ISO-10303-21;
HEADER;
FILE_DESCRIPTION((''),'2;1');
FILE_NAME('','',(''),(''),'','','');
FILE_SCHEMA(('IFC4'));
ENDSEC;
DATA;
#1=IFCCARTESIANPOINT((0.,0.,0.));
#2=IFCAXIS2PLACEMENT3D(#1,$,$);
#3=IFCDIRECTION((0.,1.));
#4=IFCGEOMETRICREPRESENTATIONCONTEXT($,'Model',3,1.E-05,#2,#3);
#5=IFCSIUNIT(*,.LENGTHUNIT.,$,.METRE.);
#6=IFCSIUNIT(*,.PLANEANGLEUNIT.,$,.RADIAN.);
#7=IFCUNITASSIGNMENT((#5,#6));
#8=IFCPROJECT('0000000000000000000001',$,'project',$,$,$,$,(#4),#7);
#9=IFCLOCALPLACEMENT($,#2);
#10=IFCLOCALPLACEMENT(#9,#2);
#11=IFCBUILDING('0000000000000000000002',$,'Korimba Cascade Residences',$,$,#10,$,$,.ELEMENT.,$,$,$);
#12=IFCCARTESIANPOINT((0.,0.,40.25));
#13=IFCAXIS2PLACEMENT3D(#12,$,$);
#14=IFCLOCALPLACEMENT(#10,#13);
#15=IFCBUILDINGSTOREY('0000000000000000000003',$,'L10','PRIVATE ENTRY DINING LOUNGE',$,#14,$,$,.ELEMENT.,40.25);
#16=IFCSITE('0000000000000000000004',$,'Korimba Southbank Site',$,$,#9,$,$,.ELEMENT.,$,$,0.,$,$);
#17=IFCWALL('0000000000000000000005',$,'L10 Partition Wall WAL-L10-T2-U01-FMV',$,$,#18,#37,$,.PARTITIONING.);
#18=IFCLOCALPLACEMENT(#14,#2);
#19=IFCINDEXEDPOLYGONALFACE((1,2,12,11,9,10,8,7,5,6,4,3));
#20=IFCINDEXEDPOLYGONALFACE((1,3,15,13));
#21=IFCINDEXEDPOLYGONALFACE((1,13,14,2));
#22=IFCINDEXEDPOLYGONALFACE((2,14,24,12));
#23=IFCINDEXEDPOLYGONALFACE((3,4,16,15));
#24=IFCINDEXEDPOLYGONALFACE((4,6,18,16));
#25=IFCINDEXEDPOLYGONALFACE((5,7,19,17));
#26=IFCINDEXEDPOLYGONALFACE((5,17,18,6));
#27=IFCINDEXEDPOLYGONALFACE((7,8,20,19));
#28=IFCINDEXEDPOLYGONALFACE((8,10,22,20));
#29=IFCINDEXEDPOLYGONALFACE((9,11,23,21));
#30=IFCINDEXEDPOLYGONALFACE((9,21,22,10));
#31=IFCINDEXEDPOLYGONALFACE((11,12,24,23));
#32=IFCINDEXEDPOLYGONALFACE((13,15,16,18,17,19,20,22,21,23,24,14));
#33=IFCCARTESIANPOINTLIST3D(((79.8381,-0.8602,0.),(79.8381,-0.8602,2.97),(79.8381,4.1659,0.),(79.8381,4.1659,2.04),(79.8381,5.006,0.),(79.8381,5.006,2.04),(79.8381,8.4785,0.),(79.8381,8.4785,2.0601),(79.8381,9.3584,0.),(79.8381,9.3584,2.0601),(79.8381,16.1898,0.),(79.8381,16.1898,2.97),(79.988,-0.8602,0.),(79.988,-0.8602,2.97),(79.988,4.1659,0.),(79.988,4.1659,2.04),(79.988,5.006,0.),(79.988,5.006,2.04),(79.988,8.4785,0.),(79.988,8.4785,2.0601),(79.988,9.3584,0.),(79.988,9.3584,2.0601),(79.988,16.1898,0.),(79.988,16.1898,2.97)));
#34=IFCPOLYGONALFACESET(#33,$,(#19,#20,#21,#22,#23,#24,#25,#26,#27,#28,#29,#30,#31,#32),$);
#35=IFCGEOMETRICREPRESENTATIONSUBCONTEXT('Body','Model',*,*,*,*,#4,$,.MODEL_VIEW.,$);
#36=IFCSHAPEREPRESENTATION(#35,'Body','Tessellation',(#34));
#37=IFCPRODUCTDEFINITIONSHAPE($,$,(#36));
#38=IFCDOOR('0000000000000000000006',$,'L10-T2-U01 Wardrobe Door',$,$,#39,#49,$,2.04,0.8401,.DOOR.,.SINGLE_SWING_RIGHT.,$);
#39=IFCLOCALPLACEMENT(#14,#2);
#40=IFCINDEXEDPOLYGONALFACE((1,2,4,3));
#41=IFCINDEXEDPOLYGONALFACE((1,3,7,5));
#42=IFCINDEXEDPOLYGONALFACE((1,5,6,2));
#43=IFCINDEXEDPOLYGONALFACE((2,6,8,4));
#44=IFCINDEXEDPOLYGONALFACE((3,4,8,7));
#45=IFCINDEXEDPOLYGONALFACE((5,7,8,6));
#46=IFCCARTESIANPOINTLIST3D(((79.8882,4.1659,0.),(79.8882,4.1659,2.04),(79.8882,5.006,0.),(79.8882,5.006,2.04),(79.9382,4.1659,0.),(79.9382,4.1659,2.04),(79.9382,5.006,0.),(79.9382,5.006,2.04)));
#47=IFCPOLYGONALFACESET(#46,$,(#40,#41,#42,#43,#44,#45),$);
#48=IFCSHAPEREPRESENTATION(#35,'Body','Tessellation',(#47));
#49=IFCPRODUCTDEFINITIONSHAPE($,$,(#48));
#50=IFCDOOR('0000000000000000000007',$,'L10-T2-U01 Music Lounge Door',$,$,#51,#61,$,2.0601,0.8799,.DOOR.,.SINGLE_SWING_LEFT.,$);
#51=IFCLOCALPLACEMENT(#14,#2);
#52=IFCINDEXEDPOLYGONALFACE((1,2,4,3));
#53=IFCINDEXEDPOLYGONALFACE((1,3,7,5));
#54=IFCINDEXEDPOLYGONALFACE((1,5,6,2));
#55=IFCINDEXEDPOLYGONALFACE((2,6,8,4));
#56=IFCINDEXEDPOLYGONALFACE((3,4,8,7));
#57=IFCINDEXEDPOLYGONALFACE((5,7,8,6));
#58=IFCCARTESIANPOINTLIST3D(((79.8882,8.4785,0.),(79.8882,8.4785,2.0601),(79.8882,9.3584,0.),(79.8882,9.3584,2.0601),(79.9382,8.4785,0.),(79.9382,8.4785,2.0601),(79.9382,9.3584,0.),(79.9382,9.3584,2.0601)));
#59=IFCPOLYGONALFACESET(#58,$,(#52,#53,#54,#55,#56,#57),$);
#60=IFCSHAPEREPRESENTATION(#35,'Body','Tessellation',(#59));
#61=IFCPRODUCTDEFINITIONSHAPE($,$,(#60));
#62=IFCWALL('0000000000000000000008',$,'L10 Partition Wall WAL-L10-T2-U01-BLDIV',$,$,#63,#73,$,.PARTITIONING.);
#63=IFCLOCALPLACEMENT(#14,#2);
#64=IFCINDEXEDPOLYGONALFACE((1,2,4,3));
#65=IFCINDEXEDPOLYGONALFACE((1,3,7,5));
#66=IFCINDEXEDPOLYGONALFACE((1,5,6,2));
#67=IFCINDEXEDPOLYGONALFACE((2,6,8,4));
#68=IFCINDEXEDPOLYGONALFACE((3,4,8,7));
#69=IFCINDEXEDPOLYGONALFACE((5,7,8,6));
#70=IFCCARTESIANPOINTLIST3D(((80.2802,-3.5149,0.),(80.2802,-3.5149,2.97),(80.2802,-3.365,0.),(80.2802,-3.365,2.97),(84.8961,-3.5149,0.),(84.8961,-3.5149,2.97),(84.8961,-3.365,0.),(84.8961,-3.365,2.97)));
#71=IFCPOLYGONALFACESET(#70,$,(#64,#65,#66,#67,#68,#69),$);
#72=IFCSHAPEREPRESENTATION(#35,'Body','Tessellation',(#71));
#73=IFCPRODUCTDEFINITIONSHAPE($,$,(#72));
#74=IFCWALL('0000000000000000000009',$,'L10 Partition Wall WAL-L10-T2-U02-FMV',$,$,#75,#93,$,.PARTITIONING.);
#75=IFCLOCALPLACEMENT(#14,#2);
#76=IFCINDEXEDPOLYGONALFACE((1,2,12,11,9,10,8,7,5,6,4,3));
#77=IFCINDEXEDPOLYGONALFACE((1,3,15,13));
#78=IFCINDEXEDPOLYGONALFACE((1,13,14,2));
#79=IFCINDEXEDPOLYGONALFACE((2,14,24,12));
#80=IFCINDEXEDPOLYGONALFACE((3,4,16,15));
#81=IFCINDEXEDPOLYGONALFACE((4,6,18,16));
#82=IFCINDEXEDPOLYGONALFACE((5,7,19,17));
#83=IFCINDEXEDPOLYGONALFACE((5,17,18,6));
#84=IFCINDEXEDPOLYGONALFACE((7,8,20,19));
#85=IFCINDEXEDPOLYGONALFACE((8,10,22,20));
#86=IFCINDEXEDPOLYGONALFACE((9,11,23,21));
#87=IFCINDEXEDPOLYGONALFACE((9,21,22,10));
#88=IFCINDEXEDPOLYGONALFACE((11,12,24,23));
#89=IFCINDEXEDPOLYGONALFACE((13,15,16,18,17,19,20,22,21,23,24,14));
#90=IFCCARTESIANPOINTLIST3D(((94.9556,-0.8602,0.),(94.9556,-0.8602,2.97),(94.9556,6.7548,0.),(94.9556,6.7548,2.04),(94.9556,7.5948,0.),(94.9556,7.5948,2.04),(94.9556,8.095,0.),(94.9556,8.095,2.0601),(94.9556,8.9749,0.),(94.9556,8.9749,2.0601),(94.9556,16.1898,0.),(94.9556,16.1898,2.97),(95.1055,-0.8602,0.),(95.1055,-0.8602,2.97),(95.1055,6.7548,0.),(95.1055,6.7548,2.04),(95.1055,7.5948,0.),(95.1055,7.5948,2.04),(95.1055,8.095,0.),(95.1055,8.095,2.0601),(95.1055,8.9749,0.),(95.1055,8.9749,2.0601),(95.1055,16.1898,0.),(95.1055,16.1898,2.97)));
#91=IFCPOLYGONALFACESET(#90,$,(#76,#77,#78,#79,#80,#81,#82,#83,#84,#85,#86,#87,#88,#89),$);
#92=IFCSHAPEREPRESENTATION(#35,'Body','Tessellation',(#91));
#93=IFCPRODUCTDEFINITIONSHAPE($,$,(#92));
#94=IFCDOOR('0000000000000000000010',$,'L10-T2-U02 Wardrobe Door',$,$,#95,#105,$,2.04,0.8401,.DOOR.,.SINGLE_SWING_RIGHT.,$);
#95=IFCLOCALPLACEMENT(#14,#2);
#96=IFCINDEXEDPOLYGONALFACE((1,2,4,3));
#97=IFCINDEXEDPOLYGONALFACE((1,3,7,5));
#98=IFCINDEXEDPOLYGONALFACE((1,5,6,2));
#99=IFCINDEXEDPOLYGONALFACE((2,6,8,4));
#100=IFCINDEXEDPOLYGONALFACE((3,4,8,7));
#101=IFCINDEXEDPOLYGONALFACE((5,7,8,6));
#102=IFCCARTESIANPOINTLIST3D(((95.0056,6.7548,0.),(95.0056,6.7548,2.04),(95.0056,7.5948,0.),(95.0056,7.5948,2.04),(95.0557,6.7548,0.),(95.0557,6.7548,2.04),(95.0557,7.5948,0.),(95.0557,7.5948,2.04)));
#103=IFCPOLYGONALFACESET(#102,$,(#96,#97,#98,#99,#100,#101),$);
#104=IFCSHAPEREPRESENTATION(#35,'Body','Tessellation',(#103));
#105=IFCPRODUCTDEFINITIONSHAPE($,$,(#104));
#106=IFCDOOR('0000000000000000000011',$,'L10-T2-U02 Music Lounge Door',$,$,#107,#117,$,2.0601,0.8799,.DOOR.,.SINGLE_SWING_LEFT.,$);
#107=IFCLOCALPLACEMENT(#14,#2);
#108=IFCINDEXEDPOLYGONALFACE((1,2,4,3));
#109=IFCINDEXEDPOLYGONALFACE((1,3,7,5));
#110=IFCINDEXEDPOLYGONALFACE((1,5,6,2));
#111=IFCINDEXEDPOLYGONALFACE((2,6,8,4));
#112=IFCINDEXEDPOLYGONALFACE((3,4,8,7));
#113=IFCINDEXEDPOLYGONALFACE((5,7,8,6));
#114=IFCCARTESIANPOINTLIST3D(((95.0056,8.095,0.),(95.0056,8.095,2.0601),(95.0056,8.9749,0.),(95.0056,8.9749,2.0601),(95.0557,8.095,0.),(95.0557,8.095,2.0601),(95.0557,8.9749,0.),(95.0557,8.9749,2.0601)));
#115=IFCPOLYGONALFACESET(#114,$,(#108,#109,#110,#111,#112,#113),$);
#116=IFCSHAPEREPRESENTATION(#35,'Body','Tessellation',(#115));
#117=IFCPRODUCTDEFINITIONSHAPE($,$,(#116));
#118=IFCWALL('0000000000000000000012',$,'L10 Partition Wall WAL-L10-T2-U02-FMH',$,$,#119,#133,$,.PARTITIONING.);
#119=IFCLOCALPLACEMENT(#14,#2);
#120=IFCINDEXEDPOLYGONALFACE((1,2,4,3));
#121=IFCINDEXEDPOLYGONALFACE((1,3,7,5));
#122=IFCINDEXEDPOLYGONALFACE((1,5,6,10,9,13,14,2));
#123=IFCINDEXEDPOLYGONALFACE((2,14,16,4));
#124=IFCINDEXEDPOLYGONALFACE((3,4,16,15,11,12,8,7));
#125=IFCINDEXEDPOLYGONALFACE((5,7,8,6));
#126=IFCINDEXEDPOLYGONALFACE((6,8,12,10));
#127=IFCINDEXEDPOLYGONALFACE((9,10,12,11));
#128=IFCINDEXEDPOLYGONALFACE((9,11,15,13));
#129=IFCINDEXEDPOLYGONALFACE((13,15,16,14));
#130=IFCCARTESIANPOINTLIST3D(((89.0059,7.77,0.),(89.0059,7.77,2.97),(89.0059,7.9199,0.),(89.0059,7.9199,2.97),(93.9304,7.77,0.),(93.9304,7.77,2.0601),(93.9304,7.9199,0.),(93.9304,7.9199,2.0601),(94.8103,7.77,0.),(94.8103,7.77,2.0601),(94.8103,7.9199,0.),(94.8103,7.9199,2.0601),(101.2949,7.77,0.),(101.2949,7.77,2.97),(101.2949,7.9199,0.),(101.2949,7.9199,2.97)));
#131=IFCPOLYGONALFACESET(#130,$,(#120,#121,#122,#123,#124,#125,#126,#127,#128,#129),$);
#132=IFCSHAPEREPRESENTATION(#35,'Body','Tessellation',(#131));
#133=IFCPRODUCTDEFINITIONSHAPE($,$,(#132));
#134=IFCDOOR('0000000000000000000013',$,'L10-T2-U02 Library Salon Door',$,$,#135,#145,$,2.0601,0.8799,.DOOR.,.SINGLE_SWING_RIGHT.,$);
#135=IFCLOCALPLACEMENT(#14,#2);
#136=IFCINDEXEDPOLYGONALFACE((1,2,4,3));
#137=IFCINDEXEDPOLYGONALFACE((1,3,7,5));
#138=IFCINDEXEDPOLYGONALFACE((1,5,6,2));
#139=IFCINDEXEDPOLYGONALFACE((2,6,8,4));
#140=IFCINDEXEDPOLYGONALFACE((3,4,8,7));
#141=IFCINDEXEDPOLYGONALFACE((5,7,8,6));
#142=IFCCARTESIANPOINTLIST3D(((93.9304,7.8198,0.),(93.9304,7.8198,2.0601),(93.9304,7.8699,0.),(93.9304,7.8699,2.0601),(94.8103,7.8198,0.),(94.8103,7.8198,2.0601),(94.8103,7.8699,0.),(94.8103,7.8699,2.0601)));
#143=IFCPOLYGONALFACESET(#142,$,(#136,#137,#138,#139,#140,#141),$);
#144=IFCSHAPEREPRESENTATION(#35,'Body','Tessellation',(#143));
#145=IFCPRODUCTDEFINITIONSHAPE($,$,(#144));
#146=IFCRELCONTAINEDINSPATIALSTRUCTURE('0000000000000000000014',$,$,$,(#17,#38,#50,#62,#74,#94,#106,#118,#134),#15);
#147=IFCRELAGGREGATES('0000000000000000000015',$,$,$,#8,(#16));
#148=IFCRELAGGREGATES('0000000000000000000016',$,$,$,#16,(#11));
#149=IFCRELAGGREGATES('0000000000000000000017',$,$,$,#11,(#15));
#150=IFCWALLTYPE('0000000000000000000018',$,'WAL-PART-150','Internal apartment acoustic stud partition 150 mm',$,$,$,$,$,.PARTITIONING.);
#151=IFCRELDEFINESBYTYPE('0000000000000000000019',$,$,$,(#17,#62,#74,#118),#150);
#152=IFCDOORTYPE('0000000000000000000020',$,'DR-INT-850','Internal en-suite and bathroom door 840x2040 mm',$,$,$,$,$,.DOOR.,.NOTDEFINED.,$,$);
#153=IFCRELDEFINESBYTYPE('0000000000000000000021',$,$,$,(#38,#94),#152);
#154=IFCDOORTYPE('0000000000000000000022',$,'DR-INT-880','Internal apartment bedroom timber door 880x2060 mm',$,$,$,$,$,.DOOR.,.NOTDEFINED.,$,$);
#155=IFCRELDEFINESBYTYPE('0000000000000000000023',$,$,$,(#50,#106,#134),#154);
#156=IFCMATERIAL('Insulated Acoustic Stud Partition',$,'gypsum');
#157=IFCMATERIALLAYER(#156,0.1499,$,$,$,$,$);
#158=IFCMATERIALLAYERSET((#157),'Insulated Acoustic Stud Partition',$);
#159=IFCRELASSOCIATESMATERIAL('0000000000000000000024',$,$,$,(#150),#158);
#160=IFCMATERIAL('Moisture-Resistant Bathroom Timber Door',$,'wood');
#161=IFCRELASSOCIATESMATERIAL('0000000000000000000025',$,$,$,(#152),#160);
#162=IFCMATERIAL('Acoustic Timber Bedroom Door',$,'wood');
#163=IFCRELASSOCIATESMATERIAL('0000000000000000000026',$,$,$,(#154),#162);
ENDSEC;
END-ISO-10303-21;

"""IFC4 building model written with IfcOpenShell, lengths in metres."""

from ifc_helpers import new_model, si_unit, direction, frame, frame_2d, origin, place, context, subcontext, project, spatial, rectangle, extrude, material, layer, layer_set, type_object, element, fill, save


model = new_model("IFC4")

# Units and contexts
model_context = context("Model", 3, precision=1e-05, world=origin(), true_north=direction((0.0, 1.0)))
body_context = subcontext(model_context, "Body", "Model", "MODEL_VIEW")
ifc_project = project(units=[si_unit("LENGTHUNIT", "METRE"), si_unit("PLANEANGLEUNIT", "RADIAN")], contexts=[model_context])

# Site, building, storey
site_placement = place(None, origin())
site = spatial("IfcSite", under=ifc_project, at=site_placement, Name="Korimba Southbank Site", CompositionType="ELEMENT", RefElevation=0.0)
building_placement = place(site_placement, origin())
building = spatial("IfcBuilding", under=site, at=building_placement, Name="Korimba Cascade Residences", CompositionType="ELEMENT")
storey_placement = place(building_placement, frame((0.0, 0.0, 40.25)))
storey = spatial("IfcBuildingStorey", under=building, at=storey_placement, Name="L10", Description="PRIVATE ENTRY DINING LOUNGE", CompositionType="ELEMENT", Elevation=40.25)

# Wall, openings, doors
ifc_material_1 = material(Name="Insulated Acoustic Stud Partition", Category="gypsum")
ifc_layer_1 = layer(ifc_material_1, 0.1499)
ifc_layer_set_1 = layer_set([ifc_layer_1], Name="Insulated Acoustic Stud Partition")
wall_type_1 = type_object("IfcWallType", Name="WAL-PART-150", Description="Internal apartment acoustic stud partition 150 mm", PredefinedType="PARTITIONING", material=ifc_layer_set_1)
wall_1_placement = place(storey_placement, frame((79.9131, -0.8601, 0.0), z_axis=(0.0, 0.0, 1.0), x_axis=(0.0, 1.0, 0.0)))
wall_1 = element("IfcWall", 1, at=wall_1_placement, inside=storey, type_object=wall_type_1, Name="L10 Partition Wall WAL-L10-T2-U01-FMV", PredefinedType="PARTITIONING", context=body_context, shape_type="SweptSolid", body=[
    extrude(rectangle(XDim=17.05, YDim=0.1499, at=frame_2d((8.5249, 0.0))), origin(), (0.0, 0.0, 1.0), 2.97),
])
opening_1_placement = place(wall_1_placement, frame((5.0261, 0.0, 0.0)))
opening_1 = element("IfcOpeningElement", 2, at=opening_1_placement, cuts=wall_1, PredefinedType="OPENING", context=body_context, shape_type="SweptSolid", body=[
    extrude(rectangle(XDim=0.8401, YDim=2.04, at=frame_2d((0.4199, 1.02))), frame((0.0, 0.085, 0.0), z_axis=(0.0, -1.0, 0.0), x_axis=(1.0, 0.0, 0.0)), (0.0, 0.0, 1.0), 0.1699),
])
opening_2_placement = place(wall_1_placement, frame((9.3386, 0.0, 0.0)))
opening_2 = element("IfcOpeningElement", 3, at=opening_2_placement, cuts=wall_1, PredefinedType="OPENING", context=body_context, shape_type="SweptSolid", body=[
    extrude(rectangle(XDim=0.8799, YDim=2.0601, at=frame_2d((0.4399, 1.03))), frame((0.0, 0.085, 0.0), z_axis=(0.0, -1.0, 0.0), x_axis=(1.0, 0.0, 0.0)), (0.0, 0.0, 1.0), 0.1699),
])
ifc_material_2 = material(Name="Moisture-Resistant Bathroom Timber Door", Category="wood")
door_type_1 = type_object("IfcDoorType", Name="DR-INT-850", Description="Internal en-suite and bathroom door 840x2040 mm", OperationType="NOTDEFINED", PredefinedType="DOOR", material=ifc_material_2)
door_1_placement = place(opening_1_placement, origin())
door_1 = element("IfcDoor", 4, at=door_1_placement, inside=storey, type_object=door_type_1, Name="L10-T2-U01 Wardrobe Door", OperationType="SINGLE_SWING_RIGHT", OverallHeight=2.04, OverallWidth=0.8401, PredefinedType="DOOR", context=body_context, shape_type="SweptSolid", body=[
    extrude(rectangle(XDim=0.8401, YDim=2.04, at=frame_2d((0.4199, 1.02))), frame((0.0, 0.0249, 0.0), z_axis=(0.0, -1.0, 0.0), x_axis=(1.0, 0.0, 0.0)), (0.0, 0.0, 1.0), 0.05),
])
fill(opening_1, door_1)
ifc_material_3 = material(Name="Acoustic Timber Bedroom Door", Category="wood")
door_type_2 = type_object("IfcDoorType", Name="DR-INT-880", Description="Internal apartment bedroom timber door 880x2060 mm", OperationType="NOTDEFINED", PredefinedType="DOOR", material=ifc_material_3)
door_2_placement = place(opening_2_placement, origin())
door_2 = element("IfcDoor", 5, at=door_2_placement, inside=storey, type_object=door_type_2, Name="L10-T2-U01 Music Lounge Door", OperationType="SINGLE_SWING_LEFT", OverallHeight=2.0601, OverallWidth=0.8799, PredefinedType="DOOR", context=body_context, shape_type="SweptSolid", body=[
    extrude(rectangle(XDim=0.8799, YDim=2.0601, at=frame_2d((0.4399, 1.03))), frame((0.0, 0.0249, 0.0), z_axis=(0.0, -1.0, 0.0), x_axis=(1.0, 0.0, 0.0)), (0.0, 0.0, 1.0), 0.05),
])
fill(opening_2, door_2)

# Wall
wall_2_placement = place(storey_placement, frame((80.28, -3.4399, 0.0), z_axis=(0.0, 0.0, 1.0), x_axis=(1.0, 0.0, 0.0)))
element("IfcWall", 6, at=wall_2_placement, inside=storey, type_object=wall_type_1, Name="L10 Partition Wall WAL-L10-T2-U01-BLDIV", PredefinedType="PARTITIONING", context=body_context, shape_type="SweptSolid", body=[
    extrude(rectangle(XDim=4.616, YDim=0.1499, at=frame_2d((2.3081, 0.0))), origin(), (0.0, 0.0, 1.0), 2.97),
])

# Wall, openings, doors
wall_3_placement = place(storey_placement, frame((95.0305, -0.8601, 0.0), z_axis=(0.0, 0.0, 1.0), x_axis=(0.0, 1.0, 0.0)))
wall_3 = element("IfcWall", 7, at=wall_3_placement, inside=storey, type_object=wall_type_1, Name="L10 Partition Wall WAL-L10-T2-U02-FMV", PredefinedType="PARTITIONING", context=body_context, shape_type="SweptSolid", body=[
    extrude(rectangle(XDim=17.05, YDim=0.1499, at=frame_2d((8.5249, 0.0))), origin(), (0.0, 0.0, 1.0), 2.97),
])
opening_3_placement = place(wall_3_placement, frame((7.615, 0.0, 0.0)))
opening_3 = element("IfcOpeningElement", 8, at=opening_3_placement, cuts=wall_3, PredefinedType="OPENING", context=body_context, shape_type="SweptSolid", body=[
    extrude(rectangle(XDim=0.8401, YDim=2.04, at=frame_2d((0.4199, 1.02))), frame((0.0, 0.085, 0.0), z_axis=(0.0, -1.0, 0.0), x_axis=(1.0, 0.0, 0.0)), (0.0, 0.0, 1.0), 0.1699),
])
opening_4_placement = place(wall_3_placement, frame((8.9551, 0.0, 0.0)))
opening_4 = element("IfcOpeningElement", 9, at=opening_4_placement, cuts=wall_3, PredefinedType="OPENING", context=body_context, shape_type="SweptSolid", body=[
    extrude(rectangle(XDim=0.8799, YDim=2.0601, at=frame_2d((0.4399, 1.03))), frame((0.0, 0.085, 0.0), z_axis=(0.0, -1.0, 0.0), x_axis=(1.0, 0.0, 0.0)), (0.0, 0.0, 1.0), 0.1699),
])
door_3_placement = place(opening_3_placement, origin())
door_3 = element("IfcDoor", 10, at=door_3_placement, inside=storey, type_object=door_type_1, Name="L10-T2-U02 Wardrobe Door", OperationType="SINGLE_SWING_RIGHT", OverallHeight=2.04, OverallWidth=0.8401, PredefinedType="DOOR", context=body_context, shape_type="SweptSolid", body=[
    extrude(rectangle(XDim=0.8401, YDim=2.04, at=frame_2d((0.4199, 1.02))), frame((0.0, 0.0249, 0.0), z_axis=(0.0, -1.0, 0.0), x_axis=(1.0, 0.0, 0.0)), (0.0, 0.0, 1.0), 0.05),
])
fill(opening_3, door_3)
door_4_placement = place(opening_4_placement, origin())
door_4 = element("IfcDoor", 11, at=door_4_placement, inside=storey, type_object=door_type_2, Name="L10-T2-U02 Music Lounge Door", OperationType="SINGLE_SWING_LEFT", OverallHeight=2.0601, OverallWidth=0.8799, PredefinedType="DOOR", context=body_context, shape_type="SweptSolid", body=[
    extrude(rectangle(XDim=0.8799, YDim=2.0601, at=frame_2d((0.4399, 1.03))), frame((0.0, 0.0249, 0.0), z_axis=(0.0, -1.0, 0.0), x_axis=(1.0, 0.0, 0.0)), (0.0, 0.0, 1.0), 0.05),
])
fill(opening_4, door_4)

# Wall, opening, door
wall_4_placement = place(storey_placement, frame((89.0059, 7.845, 0.0), z_axis=(0.0, 0.0, 1.0), x_axis=(1.0, 0.0, 0.0)))
wall_4 = element("IfcWall", 12, at=wall_4_placement, inside=storey, type_object=wall_type_1, Name="L10 Partition Wall WAL-L10-T2-U02-FMH", PredefinedType="PARTITIONING", context=body_context, shape_type="SweptSolid", body=[
    extrude(rectangle(XDim=12.2891, YDim=0.1499, at=frame_2d((6.1445, 0.0))), origin(), (0.0, 0.0, 1.0), 2.97),
])
opening_5_placement = place(wall_4_placement, frame((4.9246, 0.0, 0.0)))
opening_5 = element("IfcOpeningElement", 13, at=opening_5_placement, cuts=wall_4, PredefinedType="OPENING", context=body_context, shape_type="SweptSolid", body=[
    extrude(rectangle(XDim=0.8799, YDim=2.0601, at=frame_2d((0.4399, 1.03))), frame((0.0, 0.085, 0.0), z_axis=(0.0, -1.0, 0.0), x_axis=(1.0, 0.0, 0.0)), (0.0, 0.0, 1.0), 0.1699),
])
door_5_placement = place(opening_5_placement, origin())
door_5 = element("IfcDoor", 14, at=door_5_placement, inside=storey, type_object=door_type_2, Name="L10-T2-U02 Library Salon Door", OperationType="SINGLE_SWING_RIGHT", OverallHeight=2.0601, OverallWidth=0.8799, PredefinedType="DOOR", context=body_context, shape_type="SweptSolid", body=[
    extrude(rectangle(XDim=0.8799, YDim=2.0601, at=frame_2d((0.4399, 1.03))), frame((0.0, 0.0249, 0.0), z_axis=(0.0, -1.0, 0.0), x_axis=(1.0, 0.0, 0.0)), (0.0, 0.0, 1.0), 0.05),
])
fill(opening_5, door_5)

save(model, "model.ifc")
